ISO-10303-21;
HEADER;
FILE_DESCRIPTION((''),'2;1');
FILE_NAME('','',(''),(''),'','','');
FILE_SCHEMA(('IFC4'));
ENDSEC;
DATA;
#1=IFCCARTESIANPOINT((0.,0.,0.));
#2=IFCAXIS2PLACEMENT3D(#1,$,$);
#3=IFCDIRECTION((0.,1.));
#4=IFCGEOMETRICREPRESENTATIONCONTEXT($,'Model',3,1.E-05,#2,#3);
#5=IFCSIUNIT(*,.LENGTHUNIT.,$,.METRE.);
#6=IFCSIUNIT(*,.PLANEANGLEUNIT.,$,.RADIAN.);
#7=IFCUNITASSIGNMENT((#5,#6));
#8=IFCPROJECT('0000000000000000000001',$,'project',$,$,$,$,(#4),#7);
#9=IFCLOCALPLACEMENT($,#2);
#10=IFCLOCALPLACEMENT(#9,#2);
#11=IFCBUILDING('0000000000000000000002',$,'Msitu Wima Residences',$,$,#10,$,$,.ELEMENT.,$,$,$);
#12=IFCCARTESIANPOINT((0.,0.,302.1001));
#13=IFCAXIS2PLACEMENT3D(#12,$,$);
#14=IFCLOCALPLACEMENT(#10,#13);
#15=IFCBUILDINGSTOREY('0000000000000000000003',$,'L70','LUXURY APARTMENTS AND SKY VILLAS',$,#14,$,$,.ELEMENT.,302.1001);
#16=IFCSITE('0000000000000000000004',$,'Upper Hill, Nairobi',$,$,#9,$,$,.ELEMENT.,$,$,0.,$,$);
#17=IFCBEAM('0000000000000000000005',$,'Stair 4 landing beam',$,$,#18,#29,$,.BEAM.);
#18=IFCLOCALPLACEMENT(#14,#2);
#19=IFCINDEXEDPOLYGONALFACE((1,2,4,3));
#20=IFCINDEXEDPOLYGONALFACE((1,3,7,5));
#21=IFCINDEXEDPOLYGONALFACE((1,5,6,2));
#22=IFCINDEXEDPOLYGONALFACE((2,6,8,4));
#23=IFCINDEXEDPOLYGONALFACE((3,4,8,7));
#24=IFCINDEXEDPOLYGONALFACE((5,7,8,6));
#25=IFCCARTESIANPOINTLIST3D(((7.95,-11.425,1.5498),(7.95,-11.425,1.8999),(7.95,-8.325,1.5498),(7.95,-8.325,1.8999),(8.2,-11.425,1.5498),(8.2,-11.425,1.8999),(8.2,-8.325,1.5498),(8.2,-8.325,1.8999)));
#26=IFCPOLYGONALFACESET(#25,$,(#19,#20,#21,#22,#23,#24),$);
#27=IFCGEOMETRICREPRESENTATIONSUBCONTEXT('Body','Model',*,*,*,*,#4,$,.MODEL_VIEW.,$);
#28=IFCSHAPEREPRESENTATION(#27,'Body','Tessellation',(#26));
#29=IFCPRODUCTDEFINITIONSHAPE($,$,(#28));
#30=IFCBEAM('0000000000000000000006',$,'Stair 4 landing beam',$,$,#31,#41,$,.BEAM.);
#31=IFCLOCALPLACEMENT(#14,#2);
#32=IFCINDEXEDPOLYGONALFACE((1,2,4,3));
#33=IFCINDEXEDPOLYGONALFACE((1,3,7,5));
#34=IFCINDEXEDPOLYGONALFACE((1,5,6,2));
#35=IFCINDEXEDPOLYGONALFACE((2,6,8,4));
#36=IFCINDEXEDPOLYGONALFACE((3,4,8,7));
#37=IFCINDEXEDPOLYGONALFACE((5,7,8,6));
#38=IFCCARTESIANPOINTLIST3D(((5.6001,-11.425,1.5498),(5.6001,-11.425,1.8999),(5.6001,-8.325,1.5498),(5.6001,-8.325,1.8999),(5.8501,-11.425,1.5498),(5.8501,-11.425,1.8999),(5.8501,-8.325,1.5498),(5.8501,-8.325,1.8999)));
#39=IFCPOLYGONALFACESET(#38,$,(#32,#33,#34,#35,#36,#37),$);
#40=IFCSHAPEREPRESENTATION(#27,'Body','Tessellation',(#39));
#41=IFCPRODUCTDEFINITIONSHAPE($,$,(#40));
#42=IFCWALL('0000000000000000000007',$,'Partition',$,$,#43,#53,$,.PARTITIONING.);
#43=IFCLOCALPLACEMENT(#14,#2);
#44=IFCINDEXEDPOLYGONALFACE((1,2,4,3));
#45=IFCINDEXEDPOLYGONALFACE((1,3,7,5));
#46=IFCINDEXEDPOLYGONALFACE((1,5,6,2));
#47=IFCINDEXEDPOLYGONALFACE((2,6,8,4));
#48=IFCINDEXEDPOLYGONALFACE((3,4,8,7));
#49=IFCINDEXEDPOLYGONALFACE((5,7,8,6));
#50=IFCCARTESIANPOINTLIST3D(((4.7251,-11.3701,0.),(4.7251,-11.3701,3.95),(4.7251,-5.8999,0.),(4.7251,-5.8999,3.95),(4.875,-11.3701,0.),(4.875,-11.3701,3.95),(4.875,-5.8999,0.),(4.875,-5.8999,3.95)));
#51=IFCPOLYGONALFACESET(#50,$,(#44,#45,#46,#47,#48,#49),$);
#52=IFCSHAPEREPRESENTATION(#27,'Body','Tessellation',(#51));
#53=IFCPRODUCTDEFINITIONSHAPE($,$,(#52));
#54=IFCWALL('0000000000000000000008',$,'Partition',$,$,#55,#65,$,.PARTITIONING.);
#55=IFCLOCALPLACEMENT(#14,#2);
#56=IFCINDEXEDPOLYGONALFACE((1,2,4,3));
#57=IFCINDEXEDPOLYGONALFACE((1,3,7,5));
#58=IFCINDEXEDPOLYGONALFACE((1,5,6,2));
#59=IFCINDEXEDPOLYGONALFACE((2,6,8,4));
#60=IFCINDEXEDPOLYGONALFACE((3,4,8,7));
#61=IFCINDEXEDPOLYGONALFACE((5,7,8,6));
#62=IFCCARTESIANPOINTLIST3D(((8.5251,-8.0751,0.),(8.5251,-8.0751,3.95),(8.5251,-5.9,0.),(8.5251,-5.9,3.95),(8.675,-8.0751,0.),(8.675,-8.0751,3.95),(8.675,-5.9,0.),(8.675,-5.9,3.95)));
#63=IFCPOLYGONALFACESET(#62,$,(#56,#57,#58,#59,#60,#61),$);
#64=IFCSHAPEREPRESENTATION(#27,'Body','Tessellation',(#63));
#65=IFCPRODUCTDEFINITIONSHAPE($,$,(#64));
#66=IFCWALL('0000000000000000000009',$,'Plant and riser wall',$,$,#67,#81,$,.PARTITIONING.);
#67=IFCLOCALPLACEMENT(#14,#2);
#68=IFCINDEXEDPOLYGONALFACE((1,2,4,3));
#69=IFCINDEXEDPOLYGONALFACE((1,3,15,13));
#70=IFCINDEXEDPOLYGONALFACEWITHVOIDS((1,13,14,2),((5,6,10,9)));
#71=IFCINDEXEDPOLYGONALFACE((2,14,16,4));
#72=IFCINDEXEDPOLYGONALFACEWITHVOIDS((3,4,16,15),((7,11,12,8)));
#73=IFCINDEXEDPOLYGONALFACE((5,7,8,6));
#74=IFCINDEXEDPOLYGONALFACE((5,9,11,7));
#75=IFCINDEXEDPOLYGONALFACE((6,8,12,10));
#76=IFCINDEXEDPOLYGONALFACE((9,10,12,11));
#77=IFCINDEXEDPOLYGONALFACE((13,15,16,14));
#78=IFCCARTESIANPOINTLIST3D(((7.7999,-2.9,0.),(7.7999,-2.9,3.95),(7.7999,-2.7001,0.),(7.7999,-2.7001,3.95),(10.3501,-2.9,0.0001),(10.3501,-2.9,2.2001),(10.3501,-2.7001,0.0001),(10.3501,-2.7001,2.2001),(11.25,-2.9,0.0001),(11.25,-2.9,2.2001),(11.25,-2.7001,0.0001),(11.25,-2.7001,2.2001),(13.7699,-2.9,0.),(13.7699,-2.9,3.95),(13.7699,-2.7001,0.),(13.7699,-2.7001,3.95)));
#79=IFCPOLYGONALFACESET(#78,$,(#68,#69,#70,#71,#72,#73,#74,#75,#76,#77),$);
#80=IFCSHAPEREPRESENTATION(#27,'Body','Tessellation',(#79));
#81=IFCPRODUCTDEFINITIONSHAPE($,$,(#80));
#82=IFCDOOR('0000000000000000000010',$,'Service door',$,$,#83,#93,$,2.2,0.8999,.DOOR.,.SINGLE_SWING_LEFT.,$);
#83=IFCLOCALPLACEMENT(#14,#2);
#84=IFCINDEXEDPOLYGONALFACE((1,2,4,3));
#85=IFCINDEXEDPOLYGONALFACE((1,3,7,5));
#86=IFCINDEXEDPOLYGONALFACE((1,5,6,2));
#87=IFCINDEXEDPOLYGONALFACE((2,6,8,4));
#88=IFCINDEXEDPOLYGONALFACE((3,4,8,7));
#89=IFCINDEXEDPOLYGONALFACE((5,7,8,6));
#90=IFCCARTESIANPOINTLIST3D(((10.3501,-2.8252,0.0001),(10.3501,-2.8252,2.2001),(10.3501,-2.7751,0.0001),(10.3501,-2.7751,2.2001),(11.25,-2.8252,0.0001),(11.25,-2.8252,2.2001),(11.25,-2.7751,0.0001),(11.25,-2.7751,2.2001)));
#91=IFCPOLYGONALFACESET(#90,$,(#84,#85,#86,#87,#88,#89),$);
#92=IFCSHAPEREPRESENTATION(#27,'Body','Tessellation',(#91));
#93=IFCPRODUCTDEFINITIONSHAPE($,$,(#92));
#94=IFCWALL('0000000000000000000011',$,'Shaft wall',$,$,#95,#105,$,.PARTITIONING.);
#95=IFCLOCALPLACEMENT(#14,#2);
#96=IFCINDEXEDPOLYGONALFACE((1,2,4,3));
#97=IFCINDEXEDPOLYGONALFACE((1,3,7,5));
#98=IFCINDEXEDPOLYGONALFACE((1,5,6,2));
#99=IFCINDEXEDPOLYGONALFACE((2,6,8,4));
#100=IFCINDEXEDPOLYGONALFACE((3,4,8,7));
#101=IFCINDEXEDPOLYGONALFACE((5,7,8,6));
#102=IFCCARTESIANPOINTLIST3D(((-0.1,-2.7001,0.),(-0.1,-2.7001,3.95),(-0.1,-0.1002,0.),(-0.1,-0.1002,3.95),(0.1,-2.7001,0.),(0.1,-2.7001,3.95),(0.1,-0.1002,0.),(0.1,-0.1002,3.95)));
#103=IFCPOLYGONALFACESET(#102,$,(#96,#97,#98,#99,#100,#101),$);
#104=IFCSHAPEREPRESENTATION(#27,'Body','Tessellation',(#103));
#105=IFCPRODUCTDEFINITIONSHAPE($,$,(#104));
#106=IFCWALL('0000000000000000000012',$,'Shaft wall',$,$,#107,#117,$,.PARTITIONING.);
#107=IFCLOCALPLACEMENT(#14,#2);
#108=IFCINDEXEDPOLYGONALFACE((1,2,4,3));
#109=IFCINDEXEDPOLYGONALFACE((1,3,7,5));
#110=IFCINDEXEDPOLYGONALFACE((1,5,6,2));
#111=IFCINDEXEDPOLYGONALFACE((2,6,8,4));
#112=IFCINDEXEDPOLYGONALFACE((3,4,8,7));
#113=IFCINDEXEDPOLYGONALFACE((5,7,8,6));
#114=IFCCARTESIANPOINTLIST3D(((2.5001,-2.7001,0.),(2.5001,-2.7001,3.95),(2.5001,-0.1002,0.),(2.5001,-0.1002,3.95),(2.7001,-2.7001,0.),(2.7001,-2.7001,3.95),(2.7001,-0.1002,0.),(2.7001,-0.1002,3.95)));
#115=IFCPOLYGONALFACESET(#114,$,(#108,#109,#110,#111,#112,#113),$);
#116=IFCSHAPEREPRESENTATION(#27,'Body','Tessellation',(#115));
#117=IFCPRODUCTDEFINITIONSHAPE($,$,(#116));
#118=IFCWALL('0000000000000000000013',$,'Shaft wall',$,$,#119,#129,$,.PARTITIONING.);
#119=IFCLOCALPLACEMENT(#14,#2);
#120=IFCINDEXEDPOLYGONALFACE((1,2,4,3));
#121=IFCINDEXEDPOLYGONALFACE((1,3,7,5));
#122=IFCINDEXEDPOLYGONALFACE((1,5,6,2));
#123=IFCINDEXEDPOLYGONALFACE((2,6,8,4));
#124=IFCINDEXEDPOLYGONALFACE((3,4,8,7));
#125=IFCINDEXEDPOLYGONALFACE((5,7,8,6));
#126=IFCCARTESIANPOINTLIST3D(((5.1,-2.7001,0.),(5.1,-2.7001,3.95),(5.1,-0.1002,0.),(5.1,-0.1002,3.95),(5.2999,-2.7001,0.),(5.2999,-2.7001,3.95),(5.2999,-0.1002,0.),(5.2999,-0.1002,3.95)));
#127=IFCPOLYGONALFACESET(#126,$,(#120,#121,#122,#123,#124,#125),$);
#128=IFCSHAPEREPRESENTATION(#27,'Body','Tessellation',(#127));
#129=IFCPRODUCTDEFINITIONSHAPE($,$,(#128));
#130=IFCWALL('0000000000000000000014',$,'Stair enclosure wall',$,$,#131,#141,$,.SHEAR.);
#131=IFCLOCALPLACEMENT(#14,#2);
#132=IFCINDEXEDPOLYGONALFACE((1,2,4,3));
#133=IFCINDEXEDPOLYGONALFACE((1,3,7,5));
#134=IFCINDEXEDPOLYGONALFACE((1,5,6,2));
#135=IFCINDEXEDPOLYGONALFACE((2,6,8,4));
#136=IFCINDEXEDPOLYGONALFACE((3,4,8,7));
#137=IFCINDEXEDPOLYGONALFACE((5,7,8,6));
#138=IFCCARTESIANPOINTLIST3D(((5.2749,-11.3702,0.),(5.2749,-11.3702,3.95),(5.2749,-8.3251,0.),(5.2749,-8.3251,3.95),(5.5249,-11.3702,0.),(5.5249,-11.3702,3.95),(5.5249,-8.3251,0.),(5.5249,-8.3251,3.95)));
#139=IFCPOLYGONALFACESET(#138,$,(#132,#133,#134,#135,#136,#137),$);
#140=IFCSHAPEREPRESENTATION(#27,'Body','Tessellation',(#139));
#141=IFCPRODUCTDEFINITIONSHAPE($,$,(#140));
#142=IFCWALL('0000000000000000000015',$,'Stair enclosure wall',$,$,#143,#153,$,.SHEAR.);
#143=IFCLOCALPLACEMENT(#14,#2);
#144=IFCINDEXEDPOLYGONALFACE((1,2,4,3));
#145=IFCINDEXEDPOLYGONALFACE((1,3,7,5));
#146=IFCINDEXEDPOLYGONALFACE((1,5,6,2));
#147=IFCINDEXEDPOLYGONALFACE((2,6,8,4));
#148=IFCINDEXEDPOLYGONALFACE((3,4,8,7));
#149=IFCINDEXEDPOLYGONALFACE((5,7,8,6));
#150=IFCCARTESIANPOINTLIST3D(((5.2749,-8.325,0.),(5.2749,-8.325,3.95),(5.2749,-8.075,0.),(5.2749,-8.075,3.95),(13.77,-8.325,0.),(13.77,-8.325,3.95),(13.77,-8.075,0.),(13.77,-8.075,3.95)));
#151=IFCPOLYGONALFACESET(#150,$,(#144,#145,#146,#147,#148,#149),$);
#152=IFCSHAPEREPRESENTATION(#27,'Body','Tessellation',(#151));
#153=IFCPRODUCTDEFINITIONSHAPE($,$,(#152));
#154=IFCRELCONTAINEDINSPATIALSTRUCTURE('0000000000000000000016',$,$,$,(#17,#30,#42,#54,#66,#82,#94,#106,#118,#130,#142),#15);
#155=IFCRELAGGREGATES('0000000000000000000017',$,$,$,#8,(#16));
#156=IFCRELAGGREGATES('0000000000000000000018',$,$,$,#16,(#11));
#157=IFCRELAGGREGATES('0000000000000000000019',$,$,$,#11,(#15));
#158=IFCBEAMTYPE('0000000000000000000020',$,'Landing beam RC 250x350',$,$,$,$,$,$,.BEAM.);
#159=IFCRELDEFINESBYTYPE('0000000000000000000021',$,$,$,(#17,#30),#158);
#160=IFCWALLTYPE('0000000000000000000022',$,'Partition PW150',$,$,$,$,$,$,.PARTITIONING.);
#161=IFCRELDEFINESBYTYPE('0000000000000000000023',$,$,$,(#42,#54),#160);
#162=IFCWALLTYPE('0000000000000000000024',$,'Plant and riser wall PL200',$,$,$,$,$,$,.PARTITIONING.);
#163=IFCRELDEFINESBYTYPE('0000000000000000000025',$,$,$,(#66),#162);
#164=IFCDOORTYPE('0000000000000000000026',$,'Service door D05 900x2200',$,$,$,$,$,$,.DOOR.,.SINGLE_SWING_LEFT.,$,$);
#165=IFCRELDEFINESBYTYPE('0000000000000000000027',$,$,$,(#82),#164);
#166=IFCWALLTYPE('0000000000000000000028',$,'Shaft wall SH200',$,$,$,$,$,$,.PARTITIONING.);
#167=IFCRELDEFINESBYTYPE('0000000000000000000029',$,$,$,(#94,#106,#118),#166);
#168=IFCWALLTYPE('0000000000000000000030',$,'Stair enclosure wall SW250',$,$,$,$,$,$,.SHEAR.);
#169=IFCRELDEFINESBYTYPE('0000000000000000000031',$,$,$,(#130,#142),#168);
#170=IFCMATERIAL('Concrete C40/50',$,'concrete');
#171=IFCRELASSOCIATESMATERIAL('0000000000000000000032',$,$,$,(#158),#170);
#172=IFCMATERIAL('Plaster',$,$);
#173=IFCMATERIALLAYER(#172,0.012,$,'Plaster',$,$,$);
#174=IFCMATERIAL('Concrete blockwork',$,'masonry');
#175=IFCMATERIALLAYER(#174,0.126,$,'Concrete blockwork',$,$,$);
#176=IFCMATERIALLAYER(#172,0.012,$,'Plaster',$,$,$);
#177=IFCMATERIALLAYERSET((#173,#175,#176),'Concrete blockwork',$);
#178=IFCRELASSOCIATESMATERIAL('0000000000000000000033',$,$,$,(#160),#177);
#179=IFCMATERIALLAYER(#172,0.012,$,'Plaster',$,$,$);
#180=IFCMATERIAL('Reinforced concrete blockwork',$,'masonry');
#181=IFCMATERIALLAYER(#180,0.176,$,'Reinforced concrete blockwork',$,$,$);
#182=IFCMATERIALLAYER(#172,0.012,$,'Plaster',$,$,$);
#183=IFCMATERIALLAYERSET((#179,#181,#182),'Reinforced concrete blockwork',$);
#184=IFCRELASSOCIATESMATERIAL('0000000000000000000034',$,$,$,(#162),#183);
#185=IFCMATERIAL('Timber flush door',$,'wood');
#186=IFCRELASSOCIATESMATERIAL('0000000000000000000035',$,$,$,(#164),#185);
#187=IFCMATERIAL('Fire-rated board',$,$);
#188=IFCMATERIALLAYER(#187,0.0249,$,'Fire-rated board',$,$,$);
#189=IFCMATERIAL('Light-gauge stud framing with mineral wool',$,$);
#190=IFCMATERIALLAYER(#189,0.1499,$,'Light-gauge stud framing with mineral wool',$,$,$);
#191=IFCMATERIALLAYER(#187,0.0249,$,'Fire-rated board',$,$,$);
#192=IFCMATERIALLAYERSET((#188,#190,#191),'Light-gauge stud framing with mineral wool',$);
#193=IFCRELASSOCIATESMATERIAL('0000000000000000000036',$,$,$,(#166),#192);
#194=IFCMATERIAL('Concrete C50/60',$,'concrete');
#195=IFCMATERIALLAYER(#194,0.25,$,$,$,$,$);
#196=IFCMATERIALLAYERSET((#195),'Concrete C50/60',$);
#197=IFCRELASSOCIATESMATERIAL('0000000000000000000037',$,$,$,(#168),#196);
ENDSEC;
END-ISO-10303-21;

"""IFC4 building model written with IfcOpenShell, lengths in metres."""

from ifc_helpers import new_model, si_unit, direction, frame, frame_2d, origin, origin_2d, place, context, subcontext, project, spatial, rectangle, extrude, material, layer, layer_set, material_profile, profile_set, type_object, element, fill, save


model = new_model("IFC4")

# Units and contexts
model_context = context("Model", 3, precision=1e-05, world=origin(), true_north=direction((0.0, 1.0)))
body_context = subcontext(model_context, "Body", "Model", "MODEL_VIEW")
ifc_project = project(units=[si_unit("LENGTHUNIT", "METRE"), si_unit("PLANEANGLEUNIT", "RADIAN")], contexts=[model_context])

# Site, building, storey
site_placement = place(None, origin())
site = spatial("IfcSite", under=ifc_project, at=site_placement, Name="Upper Hill, Nairobi", CompositionType="ELEMENT", RefElevation=0.0)
building_placement = place(site_placement, origin())
building = spatial("IfcBuilding", under=site, at=building_placement, Name="Msitu Wima Residences", CompositionType="ELEMENT")
storey_placement = place(building_placement, frame((0.0, 0.0, 302.1001)))
storey = spatial("IfcBuildingStorey", under=building, at=storey_placement, Name="L70", Description="LUXURY APARTMENTS AND SKY VILLAS", CompositionType="ELEMENT", Elevation=302.1001)

# Beams
ifc_material_1 = material(Name="Concrete C40/50", Category="concrete")
ifc_material_profile = material_profile(ifc_material_1, rectangle(XDim=0.25, YDim=0.3501, at=origin_2d()), Name="RC 250x350")
ifc_profile_set = profile_set([ifc_material_profile], Name="Concrete C40/50")
beam_type = type_object("IfcBeamType", Name="Landing beam RC 250x350", PredefinedType="BEAM", material=ifc_profile_set)
for number, where, z_axis, x_axis, name in (
    (1, (8.075, -11.425, 1.7249), (0.0, 1.0, 0.0), (-1.0, 0.0, 0.0), "Stair 4 landing beam"),
    (2, (5.7251, -11.425, 1.7249), (0.0, 1.0, 0.0), (-1.0, 0.0, 0.0), "Stair 4 landing beam"),
):
    element("IfcBeam", number, at=place(storey_placement, frame(where, z_axis=z_axis, x_axis=x_axis)), inside=storey, type_object=beam_type, Name=name, PredefinedType="BEAM", context=body_context, shape_type="SweptSolid", body=[
        extrude(rectangle(XDim=0.25, YDim=0.3501, at=origin_2d()), origin(), (0.0, 0.0, 1.0), 3.1001),
    ])

# Shared definitions
ifc_material_2 = material(Name="Concrete C50/60", Category="concrete")

# Shared definitions
ifc_material_3 = material(Name="Plaster")
ifc_material_4 = material(Name="Concrete blockwork", Category="masonry")

# Walls
ifc_layer_1 = layer(ifc_material_3, 0.012, Name="Plaster")
ifc_layer_2 = layer(ifc_material_4, 0.126, Name="Concrete blockwork")
ifc_layer_3 = layer(ifc_material_3, 0.012, Name="Plaster")
ifc_layer_set_1 = layer_set([ifc_layer_1, ifc_layer_2, ifc_layer_3], Name="Concrete blockwork")
wall_type_1 = type_object("IfcWallType", Name="Partition PW150", PredefinedType="PARTITIONING", material=ifc_layer_set_1)
wall_1_placement = place(storey_placement, frame((4.8, -11.3701, 0.0), z_axis=(0.0, 0.0, 1.0), x_axis=(0.0, 1.0, 0.0)))
element("IfcWall", 3, at=wall_1_placement, inside=storey, type_object=wall_type_1, Name="Partition", PredefinedType="PARTITIONING", context=body_context, shape_type="SweptSolid", body=[
    extrude(rectangle(XDim=5.4702, YDim=0.1499, at=frame_2d((2.7351, 0.0))), origin(), (0.0, 0.0, 1.0), 3.95),
])
wall_2_placement = place(storey_placement, frame((8.6001, -8.075, 0.0), z_axis=(0.0, 0.0, 1.0), x_axis=(0.0, 1.0, 0.0)))
element("IfcWall", 4, at=wall_2_placement, inside=storey, type_object=wall_type_1, Name="Partition", PredefinedType="PARTITIONING", context=body_context, shape_type="SweptSolid", body=[
    extrude(rectangle(XDim=2.175, YDim=0.1499, at=frame_2d((1.0874, 0.0))), origin(), (0.0, 0.0, 1.0), 3.95),
])

# Wall, opening, door
ifc_layer_4 = layer(ifc_material_3, 0.012, Name="Plaster")
ifc_material_5 = material(Name="Reinforced concrete blockwork", Category="masonry")
ifc_layer_5 = layer(ifc_material_5, 0.176, Name="Reinforced concrete blockwork")
ifc_layer_6 = layer(ifc_material_3, 0.012, Name="Plaster")
ifc_layer_set_2 = layer_set([ifc_layer_4, ifc_layer_5, ifc_layer_6], Name="Reinforced concrete blockwork")
wall_type_2 = type_object("IfcWallType", Name="Plant and riser wall PL200", PredefinedType="PARTITIONING", material=ifc_layer_set_2)
wall_3_placement = place(storey_placement, frame((7.8, -2.8, 0.0), z_axis=(0.0, 0.0, 1.0), x_axis=(1.0, 0.0, 0.0)))
wall_3 = element("IfcWall", 5, at=wall_3_placement, inside=storey, type_object=wall_type_2, Name="Plant and riser wall", PredefinedType="PARTITIONING", context=body_context, shape_type="SweptSolid", body=[
    extrude(rectangle(XDim=5.97, YDim=0.2, at=frame_2d((2.9849, 0.0))), origin(), (0.0, 0.0, 1.0), 3.95),
])
opening_1_placement = place(wall_3_placement, frame((2.55, 0.0, 0.0)))
opening_1 = element("IfcOpeningElement", 6, at=opening_1_placement, cuts=wall_3, PredefinedType="OPENING", context=body_context, shape_type="SweptSolid", body=[
    extrude(rectangle(XDim=0.8999, YDim=2.2, at=frame_2d((0.45, 1.1001))), frame((0.0, 0.1099, 0.0), z_axis=(0.0, -1.0, 0.0), x_axis=(1.0, 0.0, 0.0)), (0.0, 0.0, 1.0), 0.22),
])
ifc_material_6 = material(Name="Timber flush door", Category="wood")
door_type_1 = type_object("IfcDoorType", Name="Service door D05 900x2200", OperationType="SINGLE_SWING_LEFT", PredefinedType="DOOR", material=ifc_material_6)
door_1_placement = place(opening_1_placement, origin())
door_1 = element("IfcDoor", 7, at=door_1_placement, inside=storey, type_object=door_type_1, Name="Service door", OperationType="SINGLE_SWING_LEFT", OverallHeight=2.2, OverallWidth=0.8999, PredefinedType="DOOR", context=body_context, shape_type="SweptSolid", body=[
    extrude(rectangle(XDim=0.8999, YDim=2.2, at=frame_2d((0.45, 1.1001))), frame((0.0, 0.0249, 0.0), z_axis=(0.0, -1.0, 0.0), x_axis=(1.0, 0.0, 0.0)), (0.0, 0.0, 1.0), 0.05),
])
fill(opening_1, door_1)

# Walls
ifc_material_7 = material(Name="Fire-rated board")
ifc_layer_7 = layer(ifc_material_7, 0.0249, Name="Fire-rated board")
ifc_material_8 = material(Name="Light-gauge stud framing with mineral wool")
ifc_layer_8 = layer(ifc_material_8, 0.1499, Name="Light-gauge stud framing with mineral wool")
ifc_layer_9 = layer(ifc_material_7, 0.0249, Name="Fire-rated board")
ifc_layer_set_3 = layer_set([ifc_layer_7, ifc_layer_8, ifc_layer_9], Name="Light-gauge stud framing with mineral wool")
wall_type_3 = type_object("IfcWallType", Name="Shaft wall SH200", PredefinedType="PARTITIONING", material=ifc_layer_set_3)
for number, where, z_axis, x_axis, name in (
    (8, (0.0, -2.7, 0.0), (0.0, 0.0, 1.0), (0.0, 1.0, 0.0), "Shaft wall"),
    (9, (2.6001, -2.7, 0.0), (0.0, 0.0, 1.0), (0.0, 1.0, 0.0), "Shaft wall"),
    (10, (5.2, -2.7, 0.0), (0.0, 0.0, 1.0), (0.0, 1.0, 0.0), "Shaft wall"),
):
    element("IfcWall", number, at=place(storey_placement, frame(where, z_axis=z_axis, x_axis=x_axis)), inside=storey, type_object=wall_type_3, Name=name, PredefinedType="PARTITIONING", context=body_context, shape_type="SweptSolid", body=[
        extrude(rectangle(XDim=2.5999, YDim=0.2, at=frame_2d((1.2998, 0.0))), origin(), (0.0, 0.0, 1.0), 3.95),
    ])
ifc_layer_10 = layer(ifc_material_2, 0.25)
ifc_layer_set_4 = layer_set([ifc_layer_10], Name="Concrete C50/60")
wall_type_4 = type_object("IfcWallType", Name="Stair enclosure wall SW250", PredefinedType="SHEAR", material=ifc_layer_set_4)
wall_4_placement = place(storey_placement, frame((5.3999, -11.3701, 0.0), z_axis=(0.0, 0.0, 1.0), x_axis=(0.0, 1.0, 0.0)))
element("IfcWall", 11, at=wall_4_placement, inside=storey, type_object=wall_type_4, Name="Stair enclosure wall", PredefinedType="SHEAR", context=body_context, shape_type="SweptSolid", body=[
    extrude(rectangle(XDim=3.0452, YDim=0.25, at=frame_2d((1.5225, 0.0))), origin(), (0.0, 0.0, 1.0), 3.95),
])
wall_5_placement = place(storey_placement, frame((5.2749, -8.2, 0.0), z_axis=(0.0, 0.0, 1.0), x_axis=(1.0, 0.0, 0.0)))
element("IfcWall", 12, at=wall_5_placement, inside=storey, type_object=wall_type_4, Name="Stair enclosure wall", PredefinedType="SHEAR", context=body_context, shape_type="SweptSolid", body=[
    extrude(rectangle(XDim=8.4951, YDim=0.25, at=frame_2d((4.2476, 0.0))), origin(), (0.0, 0.0, 1.0), 3.95),
])

save(model, "model.ifc")
